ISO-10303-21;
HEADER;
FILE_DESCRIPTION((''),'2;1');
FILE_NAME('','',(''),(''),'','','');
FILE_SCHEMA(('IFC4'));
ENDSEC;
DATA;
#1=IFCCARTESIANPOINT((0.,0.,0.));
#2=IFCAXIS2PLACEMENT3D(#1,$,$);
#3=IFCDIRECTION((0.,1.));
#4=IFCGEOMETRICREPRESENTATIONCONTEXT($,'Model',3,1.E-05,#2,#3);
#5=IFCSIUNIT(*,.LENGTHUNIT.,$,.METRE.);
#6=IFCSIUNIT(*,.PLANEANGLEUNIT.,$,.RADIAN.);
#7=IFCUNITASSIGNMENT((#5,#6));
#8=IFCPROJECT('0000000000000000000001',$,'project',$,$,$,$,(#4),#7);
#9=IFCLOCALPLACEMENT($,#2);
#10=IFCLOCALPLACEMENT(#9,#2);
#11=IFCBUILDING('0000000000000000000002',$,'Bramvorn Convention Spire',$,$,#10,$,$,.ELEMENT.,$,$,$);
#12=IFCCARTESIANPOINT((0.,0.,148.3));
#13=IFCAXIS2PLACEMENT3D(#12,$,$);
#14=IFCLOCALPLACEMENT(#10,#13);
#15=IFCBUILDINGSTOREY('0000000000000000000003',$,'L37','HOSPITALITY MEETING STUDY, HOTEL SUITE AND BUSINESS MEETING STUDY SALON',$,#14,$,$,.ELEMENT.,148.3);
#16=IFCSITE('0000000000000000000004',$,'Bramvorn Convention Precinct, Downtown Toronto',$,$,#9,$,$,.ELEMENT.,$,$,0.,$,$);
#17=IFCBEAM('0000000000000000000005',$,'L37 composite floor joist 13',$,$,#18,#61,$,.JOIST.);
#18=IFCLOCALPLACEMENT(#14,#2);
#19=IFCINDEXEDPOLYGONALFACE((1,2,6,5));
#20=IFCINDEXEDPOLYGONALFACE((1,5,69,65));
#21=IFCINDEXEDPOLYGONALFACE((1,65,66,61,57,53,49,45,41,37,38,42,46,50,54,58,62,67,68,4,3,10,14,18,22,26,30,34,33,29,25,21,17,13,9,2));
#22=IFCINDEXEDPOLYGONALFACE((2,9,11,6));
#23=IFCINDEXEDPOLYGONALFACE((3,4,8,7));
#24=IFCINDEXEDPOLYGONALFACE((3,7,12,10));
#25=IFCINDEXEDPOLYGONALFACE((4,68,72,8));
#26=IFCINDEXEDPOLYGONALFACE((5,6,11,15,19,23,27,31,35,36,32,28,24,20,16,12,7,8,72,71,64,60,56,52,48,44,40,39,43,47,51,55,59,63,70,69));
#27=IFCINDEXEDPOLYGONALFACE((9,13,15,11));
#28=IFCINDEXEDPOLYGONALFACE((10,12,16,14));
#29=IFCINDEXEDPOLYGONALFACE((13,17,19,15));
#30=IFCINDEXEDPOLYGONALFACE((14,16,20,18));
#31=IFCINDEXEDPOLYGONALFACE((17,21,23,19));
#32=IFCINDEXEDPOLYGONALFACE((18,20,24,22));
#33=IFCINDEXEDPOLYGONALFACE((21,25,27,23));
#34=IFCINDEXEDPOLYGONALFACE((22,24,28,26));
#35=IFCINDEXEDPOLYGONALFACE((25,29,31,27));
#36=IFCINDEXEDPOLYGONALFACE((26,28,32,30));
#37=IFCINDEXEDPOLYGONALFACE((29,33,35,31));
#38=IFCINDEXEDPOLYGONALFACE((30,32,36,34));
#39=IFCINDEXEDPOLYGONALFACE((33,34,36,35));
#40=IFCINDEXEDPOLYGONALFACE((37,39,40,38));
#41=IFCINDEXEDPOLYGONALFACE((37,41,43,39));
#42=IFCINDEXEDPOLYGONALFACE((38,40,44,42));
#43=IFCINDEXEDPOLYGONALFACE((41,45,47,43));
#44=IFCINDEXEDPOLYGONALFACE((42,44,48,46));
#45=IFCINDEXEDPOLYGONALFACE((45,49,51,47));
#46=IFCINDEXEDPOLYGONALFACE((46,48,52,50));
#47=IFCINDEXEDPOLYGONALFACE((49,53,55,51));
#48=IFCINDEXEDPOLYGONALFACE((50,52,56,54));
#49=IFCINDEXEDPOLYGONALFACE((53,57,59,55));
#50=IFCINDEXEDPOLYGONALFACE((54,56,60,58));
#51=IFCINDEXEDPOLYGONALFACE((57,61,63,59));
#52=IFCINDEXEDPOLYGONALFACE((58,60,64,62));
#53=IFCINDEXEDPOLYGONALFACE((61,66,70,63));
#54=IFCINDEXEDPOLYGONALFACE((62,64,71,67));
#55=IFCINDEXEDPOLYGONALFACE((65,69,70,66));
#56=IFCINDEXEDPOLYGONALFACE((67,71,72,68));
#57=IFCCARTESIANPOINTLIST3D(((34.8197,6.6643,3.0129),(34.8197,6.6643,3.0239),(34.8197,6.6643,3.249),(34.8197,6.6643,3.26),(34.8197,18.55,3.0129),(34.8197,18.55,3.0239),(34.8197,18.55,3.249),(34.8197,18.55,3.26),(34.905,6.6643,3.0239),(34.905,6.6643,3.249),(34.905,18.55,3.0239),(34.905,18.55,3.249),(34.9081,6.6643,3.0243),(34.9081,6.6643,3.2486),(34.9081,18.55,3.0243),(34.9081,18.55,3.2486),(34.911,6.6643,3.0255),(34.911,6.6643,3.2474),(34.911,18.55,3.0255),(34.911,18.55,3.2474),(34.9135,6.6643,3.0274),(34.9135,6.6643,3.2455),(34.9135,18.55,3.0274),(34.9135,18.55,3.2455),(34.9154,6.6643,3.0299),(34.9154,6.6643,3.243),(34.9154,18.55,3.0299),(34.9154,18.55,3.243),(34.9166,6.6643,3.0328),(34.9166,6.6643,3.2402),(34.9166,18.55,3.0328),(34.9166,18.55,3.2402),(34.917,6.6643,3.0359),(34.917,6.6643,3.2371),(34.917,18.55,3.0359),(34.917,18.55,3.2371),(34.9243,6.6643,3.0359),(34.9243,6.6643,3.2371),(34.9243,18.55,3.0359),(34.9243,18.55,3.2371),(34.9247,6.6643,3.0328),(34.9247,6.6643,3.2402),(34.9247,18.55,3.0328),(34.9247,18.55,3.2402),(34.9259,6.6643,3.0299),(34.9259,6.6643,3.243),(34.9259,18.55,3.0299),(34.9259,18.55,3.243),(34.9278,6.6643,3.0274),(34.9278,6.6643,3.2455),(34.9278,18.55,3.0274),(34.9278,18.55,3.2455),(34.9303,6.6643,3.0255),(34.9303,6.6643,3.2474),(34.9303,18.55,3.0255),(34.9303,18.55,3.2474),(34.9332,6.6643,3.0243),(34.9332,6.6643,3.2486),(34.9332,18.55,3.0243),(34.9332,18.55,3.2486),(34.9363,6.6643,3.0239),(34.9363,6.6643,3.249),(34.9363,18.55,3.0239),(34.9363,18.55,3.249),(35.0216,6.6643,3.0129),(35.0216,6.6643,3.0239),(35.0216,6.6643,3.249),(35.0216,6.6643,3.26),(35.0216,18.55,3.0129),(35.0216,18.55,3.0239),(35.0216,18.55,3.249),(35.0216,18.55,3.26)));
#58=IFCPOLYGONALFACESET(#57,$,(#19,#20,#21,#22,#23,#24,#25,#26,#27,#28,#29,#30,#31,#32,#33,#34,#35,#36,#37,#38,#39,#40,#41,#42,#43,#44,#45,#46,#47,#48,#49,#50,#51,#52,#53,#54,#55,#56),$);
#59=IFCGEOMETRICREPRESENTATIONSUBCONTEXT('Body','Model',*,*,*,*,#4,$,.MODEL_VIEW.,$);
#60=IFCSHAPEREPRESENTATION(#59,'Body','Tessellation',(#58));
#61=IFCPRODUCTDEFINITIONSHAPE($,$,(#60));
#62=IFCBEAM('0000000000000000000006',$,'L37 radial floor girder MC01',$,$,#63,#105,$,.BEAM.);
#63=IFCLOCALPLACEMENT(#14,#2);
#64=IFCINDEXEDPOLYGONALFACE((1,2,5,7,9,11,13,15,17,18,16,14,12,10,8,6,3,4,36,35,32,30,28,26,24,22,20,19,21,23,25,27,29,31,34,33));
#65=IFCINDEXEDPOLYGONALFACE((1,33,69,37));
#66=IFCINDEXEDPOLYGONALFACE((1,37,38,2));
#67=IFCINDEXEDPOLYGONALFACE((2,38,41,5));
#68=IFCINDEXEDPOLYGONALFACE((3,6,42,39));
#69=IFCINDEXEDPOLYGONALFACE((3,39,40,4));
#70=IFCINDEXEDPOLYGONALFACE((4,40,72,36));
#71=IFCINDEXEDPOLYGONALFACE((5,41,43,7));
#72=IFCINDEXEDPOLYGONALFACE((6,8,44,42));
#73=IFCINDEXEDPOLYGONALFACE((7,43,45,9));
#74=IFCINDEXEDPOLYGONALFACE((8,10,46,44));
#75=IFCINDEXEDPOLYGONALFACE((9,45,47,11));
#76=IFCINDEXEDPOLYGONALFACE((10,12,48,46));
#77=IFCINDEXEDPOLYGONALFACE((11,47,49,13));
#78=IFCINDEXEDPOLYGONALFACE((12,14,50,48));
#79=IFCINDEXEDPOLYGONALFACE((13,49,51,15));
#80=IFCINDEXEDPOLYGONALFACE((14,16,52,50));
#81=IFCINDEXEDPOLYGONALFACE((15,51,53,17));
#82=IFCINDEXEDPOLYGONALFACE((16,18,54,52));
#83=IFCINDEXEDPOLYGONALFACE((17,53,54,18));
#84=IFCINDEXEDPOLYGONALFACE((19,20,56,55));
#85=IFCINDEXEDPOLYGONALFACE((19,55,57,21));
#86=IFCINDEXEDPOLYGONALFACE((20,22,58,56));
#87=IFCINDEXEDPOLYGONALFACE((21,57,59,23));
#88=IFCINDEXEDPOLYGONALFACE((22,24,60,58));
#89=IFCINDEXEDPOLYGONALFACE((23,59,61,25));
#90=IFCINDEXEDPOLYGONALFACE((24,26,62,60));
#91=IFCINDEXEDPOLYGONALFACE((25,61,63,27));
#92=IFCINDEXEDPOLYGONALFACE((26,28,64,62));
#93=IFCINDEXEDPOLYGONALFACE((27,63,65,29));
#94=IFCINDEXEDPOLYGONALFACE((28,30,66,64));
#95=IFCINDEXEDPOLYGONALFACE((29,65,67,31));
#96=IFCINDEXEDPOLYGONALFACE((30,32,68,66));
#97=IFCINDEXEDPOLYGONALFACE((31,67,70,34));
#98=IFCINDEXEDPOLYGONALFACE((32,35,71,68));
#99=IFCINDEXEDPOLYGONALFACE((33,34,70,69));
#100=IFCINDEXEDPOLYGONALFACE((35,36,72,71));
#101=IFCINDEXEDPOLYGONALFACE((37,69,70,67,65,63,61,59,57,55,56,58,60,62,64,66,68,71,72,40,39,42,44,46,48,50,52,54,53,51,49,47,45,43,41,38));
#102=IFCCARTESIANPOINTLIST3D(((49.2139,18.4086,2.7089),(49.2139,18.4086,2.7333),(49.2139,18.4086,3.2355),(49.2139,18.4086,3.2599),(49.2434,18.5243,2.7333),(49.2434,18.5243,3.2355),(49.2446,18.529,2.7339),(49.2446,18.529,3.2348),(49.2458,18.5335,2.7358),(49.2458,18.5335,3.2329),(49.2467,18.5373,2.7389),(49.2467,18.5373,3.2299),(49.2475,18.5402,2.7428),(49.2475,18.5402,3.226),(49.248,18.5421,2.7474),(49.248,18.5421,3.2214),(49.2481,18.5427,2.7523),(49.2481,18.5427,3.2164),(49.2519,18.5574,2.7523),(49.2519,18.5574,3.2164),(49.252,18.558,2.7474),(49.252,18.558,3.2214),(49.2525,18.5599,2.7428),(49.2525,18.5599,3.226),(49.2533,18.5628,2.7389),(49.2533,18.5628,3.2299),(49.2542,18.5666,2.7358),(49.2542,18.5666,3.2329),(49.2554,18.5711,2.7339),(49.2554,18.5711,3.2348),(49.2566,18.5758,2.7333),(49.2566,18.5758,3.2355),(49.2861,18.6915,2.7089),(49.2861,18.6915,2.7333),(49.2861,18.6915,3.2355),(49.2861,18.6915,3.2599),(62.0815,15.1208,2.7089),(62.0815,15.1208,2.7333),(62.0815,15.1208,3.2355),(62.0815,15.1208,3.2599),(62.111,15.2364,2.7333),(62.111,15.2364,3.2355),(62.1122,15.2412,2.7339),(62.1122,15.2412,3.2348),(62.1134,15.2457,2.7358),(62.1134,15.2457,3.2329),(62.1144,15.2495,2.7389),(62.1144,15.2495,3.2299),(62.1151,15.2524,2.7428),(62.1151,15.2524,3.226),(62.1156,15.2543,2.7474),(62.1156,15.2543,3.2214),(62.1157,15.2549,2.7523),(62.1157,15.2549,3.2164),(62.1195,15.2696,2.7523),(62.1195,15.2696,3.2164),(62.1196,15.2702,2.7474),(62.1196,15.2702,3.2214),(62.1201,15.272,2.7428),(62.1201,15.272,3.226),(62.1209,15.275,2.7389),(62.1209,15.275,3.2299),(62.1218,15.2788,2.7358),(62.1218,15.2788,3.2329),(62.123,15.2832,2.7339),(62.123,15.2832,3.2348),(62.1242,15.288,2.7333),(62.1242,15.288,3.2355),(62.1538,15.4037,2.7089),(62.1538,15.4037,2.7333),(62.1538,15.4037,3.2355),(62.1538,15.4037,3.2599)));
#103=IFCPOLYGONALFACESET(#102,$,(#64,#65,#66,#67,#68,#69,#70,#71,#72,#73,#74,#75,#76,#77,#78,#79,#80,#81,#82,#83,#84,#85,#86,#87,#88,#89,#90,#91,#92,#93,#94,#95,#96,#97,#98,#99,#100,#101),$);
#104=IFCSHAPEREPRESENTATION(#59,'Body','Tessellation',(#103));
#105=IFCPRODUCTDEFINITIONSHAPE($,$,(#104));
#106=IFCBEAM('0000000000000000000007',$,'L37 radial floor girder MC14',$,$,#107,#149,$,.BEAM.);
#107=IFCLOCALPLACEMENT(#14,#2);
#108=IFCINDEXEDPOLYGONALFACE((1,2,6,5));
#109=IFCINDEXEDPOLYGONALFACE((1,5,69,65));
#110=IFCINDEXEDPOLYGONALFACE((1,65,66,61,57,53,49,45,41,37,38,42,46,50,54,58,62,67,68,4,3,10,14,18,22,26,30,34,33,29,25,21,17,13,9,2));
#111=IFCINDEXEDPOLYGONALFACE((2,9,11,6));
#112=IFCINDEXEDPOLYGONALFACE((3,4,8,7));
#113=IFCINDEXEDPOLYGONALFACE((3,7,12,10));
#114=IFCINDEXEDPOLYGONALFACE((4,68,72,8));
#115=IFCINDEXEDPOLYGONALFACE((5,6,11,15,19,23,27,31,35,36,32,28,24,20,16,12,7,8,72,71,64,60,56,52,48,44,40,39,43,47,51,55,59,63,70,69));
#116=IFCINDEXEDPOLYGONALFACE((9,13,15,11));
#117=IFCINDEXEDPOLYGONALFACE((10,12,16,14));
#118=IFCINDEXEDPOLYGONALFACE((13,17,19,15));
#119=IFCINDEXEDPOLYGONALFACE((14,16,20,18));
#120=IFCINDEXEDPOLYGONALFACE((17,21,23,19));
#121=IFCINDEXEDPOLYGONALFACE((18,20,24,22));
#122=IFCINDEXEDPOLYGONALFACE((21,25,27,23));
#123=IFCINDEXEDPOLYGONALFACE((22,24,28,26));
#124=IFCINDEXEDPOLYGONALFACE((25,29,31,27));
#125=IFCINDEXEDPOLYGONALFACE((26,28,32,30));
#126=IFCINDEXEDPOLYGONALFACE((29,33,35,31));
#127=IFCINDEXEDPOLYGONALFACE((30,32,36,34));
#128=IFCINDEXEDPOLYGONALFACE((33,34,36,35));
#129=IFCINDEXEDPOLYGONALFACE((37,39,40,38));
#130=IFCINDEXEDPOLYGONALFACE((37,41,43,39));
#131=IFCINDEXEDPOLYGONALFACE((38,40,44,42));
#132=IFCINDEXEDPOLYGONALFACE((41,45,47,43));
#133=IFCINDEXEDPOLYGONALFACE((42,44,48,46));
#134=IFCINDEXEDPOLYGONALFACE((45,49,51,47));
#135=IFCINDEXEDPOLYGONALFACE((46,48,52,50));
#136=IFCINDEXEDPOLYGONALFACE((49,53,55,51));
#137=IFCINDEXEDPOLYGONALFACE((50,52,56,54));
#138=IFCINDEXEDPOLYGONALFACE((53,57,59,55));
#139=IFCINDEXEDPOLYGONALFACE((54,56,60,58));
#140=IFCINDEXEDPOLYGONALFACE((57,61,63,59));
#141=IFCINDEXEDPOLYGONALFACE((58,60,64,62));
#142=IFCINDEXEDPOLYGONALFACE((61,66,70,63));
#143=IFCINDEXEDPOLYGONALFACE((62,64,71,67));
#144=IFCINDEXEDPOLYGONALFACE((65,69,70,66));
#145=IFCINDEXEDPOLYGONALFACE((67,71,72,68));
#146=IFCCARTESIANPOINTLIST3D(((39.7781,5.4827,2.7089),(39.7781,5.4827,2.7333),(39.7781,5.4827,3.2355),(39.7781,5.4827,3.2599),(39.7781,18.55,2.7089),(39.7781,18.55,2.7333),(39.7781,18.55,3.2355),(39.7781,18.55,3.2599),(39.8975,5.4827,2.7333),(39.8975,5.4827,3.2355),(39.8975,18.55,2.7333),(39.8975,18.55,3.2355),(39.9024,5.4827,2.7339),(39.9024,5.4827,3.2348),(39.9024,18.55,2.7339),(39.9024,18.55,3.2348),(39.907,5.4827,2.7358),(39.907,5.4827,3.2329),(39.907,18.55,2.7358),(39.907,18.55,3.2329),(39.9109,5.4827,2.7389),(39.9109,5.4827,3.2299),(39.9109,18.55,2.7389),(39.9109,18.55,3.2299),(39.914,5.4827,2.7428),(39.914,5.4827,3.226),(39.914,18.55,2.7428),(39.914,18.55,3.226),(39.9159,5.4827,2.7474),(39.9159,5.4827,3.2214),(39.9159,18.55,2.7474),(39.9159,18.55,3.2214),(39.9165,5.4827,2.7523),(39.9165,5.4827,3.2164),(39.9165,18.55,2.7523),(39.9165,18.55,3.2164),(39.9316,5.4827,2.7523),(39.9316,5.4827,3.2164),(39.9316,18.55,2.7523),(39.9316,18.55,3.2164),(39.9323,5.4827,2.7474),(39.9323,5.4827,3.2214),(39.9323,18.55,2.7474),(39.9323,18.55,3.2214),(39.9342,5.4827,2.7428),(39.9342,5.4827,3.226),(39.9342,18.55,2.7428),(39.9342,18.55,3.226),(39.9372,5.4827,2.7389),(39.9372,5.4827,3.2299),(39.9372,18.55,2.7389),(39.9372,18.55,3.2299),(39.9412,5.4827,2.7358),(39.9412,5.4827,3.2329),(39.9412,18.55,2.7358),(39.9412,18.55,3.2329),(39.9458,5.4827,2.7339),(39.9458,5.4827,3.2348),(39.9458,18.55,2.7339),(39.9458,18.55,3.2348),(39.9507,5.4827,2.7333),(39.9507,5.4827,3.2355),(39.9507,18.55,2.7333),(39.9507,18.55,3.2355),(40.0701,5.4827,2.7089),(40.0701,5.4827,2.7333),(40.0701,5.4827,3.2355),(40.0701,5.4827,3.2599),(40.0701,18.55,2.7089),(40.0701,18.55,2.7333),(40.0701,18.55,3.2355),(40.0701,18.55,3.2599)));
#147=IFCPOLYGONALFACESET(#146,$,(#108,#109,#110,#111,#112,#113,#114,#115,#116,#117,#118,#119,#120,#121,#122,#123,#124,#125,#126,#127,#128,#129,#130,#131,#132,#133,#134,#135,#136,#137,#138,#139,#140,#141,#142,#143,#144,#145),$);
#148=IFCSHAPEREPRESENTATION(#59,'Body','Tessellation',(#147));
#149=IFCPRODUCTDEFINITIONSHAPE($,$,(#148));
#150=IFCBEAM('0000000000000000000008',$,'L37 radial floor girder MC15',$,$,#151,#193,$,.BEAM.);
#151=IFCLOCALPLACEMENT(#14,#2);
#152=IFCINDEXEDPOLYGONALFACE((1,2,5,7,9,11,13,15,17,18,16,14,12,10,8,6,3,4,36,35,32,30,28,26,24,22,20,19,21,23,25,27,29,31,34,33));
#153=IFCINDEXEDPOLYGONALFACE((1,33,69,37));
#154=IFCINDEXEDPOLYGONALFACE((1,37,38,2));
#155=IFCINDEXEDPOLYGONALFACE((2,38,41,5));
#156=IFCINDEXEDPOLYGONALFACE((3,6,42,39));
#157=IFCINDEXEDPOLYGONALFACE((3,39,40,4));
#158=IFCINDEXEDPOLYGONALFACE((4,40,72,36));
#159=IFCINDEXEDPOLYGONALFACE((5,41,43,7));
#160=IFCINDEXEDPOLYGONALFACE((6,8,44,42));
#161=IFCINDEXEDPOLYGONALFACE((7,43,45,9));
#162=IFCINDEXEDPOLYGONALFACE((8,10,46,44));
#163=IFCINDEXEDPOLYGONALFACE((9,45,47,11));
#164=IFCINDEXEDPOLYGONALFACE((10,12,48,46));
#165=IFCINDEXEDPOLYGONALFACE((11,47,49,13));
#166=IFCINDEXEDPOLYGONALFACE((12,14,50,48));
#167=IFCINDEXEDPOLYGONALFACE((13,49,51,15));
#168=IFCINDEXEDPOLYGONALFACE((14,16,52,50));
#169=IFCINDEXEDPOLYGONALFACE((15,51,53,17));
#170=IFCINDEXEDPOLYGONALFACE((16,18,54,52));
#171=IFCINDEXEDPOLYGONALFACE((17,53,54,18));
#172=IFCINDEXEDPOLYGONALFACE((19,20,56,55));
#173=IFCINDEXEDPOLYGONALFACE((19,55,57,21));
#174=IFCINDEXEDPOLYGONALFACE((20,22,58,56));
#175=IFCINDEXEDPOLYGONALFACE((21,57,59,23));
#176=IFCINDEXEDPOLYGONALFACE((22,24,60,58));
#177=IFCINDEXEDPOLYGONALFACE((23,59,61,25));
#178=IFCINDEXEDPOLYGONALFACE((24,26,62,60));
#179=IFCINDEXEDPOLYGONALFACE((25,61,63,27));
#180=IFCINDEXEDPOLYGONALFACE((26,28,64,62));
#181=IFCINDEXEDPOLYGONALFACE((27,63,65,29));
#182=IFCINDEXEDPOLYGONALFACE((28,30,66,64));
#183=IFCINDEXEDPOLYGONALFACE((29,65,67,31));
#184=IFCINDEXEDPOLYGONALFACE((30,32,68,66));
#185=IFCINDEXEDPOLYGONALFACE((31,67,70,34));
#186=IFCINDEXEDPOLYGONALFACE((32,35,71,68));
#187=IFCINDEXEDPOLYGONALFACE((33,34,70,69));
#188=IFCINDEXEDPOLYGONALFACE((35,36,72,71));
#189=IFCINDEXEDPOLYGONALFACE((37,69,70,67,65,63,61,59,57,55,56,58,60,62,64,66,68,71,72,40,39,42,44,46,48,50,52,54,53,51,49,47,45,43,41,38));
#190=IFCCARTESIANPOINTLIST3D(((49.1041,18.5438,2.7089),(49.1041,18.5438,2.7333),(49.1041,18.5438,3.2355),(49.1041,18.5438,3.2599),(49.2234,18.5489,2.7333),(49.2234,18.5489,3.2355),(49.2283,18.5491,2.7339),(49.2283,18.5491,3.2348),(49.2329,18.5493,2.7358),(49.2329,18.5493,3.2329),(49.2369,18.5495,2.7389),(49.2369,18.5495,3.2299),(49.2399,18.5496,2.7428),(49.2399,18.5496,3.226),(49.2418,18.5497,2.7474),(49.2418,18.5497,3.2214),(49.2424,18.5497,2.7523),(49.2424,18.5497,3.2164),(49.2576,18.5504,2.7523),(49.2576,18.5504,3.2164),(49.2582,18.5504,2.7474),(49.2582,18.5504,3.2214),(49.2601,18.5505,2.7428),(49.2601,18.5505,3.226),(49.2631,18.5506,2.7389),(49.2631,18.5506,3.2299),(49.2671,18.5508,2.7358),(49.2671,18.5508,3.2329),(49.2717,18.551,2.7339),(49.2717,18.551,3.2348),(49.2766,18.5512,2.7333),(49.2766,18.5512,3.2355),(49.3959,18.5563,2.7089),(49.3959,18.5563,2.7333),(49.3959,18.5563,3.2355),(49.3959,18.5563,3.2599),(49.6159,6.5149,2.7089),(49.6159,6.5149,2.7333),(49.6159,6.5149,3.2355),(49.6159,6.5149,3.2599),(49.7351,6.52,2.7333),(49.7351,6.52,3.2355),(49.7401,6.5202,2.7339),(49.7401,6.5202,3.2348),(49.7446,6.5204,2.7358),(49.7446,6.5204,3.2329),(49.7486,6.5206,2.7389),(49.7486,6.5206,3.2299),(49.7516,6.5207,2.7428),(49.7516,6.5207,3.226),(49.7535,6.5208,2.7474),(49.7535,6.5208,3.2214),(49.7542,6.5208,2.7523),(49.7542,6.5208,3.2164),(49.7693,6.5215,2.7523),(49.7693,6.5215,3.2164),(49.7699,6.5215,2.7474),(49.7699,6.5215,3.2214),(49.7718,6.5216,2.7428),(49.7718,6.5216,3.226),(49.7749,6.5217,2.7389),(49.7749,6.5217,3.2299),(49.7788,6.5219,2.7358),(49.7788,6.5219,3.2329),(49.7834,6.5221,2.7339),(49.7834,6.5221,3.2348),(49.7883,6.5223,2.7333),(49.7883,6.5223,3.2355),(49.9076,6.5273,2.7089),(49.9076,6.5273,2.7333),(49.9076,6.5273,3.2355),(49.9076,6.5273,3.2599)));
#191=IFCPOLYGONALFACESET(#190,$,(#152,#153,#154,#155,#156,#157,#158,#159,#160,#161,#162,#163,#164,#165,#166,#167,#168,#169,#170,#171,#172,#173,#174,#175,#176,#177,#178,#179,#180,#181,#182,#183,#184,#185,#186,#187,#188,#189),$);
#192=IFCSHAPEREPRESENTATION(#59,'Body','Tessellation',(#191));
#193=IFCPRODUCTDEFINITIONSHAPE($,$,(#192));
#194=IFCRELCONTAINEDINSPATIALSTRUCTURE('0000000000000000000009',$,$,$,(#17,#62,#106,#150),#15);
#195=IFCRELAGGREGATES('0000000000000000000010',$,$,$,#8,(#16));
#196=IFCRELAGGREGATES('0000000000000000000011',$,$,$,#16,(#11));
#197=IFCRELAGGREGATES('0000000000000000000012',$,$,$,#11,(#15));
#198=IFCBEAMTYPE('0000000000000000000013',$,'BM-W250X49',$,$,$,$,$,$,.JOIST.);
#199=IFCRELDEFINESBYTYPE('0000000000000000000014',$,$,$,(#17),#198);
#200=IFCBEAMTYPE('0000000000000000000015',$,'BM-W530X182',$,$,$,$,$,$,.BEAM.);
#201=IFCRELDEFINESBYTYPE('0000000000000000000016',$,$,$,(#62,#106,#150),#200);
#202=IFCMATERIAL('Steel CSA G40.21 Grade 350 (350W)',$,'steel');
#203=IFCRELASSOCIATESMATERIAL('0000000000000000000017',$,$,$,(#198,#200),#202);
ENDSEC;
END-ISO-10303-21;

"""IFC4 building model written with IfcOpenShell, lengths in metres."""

from ifc_helpers import new_model, si_unit, direction, frame, origin, origin_2d, place, context, subcontext, project, spatial, i_section, extrude, material, material_profile, profile_set, type_object, element, save


model = new_model("IFC4")

# Units and contexts
model_context = context("Model", 3, precision=1e-05, world=origin(), true_north=direction((0.0, 1.0)))
body_context = subcontext(model_context, "Body", "Model", "MODEL_VIEW")
ifc_project = project(units=[si_unit("LENGTHUNIT", "METRE"), si_unit("PLANEANGLEUNIT", "RADIAN")], contexts=[model_context])

# Site, building, storey
site_placement = place(None, origin())
site = spatial("IfcSite", under=ifc_project, at=site_placement, Name="Bramvorn Convention Precinct, Downtown Toronto", CompositionType="ELEMENT", RefElevation=0.0)
building_placement = place(site_placement, origin())
building = spatial("IfcBuilding", under=site, at=building_placement, Name="Bramvorn Convention Spire", CompositionType="ELEMENT")
storey_placement = place(building_placement, frame((0.0, 0.0, 148.3)))
storey = spatial("IfcBuildingStorey", under=building, at=storey_placement, Name="L37", Description="HOSPITALITY MEETING STUDY, HOTEL SUITE AND BUSINESS MEETING STUDY SALON", CompositionType="ELEMENT", Elevation=148.3)

# Beams
ifc_material_1 = material(Name="Steel CSA G40.21 Grade 350 (350W)", Category="steel")
ifc_material_profile_1 = material_profile(ifc_material_1, i_section(OverallWidth=0.2019, OverallDepth=0.2471, WebThickness=0.0073, FlangeThickness=0.011, FilletRadius=0.012, at=origin_2d()))
ifc_profile_set_1 = profile_set([ifc_material_profile_1], Name="Steel CSA G40.21 Grade 350 (350W) - W250X49")
beam_type_1 = type_object("IfcBeamType", Name="BM-W250X49", PredefinedType="JOIST", material=ifc_profile_set_1)
beam_1_placement = place(storey_placement, frame((34.9207, 18.55, 3.1365), z_axis=(0.0, -1.0, 0.0), x_axis=(1.0, 0.0, 0.0)))
element("IfcBeam", 1, at=beam_1_placement, inside=storey, type_object=beam_type_1, Name="L37 composite floor joist 13", PredefinedType="JOIST", context=body_context, shape_type="SweptSolid", body=[
    extrude(i_section(OverallWidth=0.2019, OverallDepth=0.2471, WebThickness=0.0073, FlangeThickness=0.011, FilletRadius=0.012, at=origin_2d()), origin(), (0.0, 0.0, 1.0), 11.8857),
])
ifc_material_profile_2 = material_profile(ifc_material_1, i_section(OverallWidth=0.292, OverallDepth=0.551, WebThickness=0.0151, FlangeThickness=0.0244, FilletRadius=0.019, at=origin_2d()))
ifc_profile_set_2 = profile_set([ifc_material_profile_2], Name="Steel CSA G40.21 Grade 350 (350W) - W530X182")
beam_type_2 = type_object("IfcBeamType", Name="BM-W530X182", PredefinedType="BEAM", material=ifc_profile_set_2)
beam_2_placement = place(storey_placement, frame((49.25, 18.55, 2.9844), z_axis=(0.968873, -0.247558, 0.0), x_axis=(0.247558, 0.968873, 0.0)))
element("IfcBeam", 2, at=beam_2_placement, inside=storey, type_object=beam_type_2, Name="L37 radial floor girder MC01", PredefinedType="BEAM", context=body_context, shape_type="SweptSolid", body=[
    extrude(i_section(OverallWidth=0.292, OverallDepth=0.551, WebThickness=0.0151, FlangeThickness=0.0244, FilletRadius=0.019, at=origin_2d()), origin(), (0.0, 0.0, 1.0), 13.281),
])
beam_3_placement = place(storey_placement, frame((39.9241, 18.55, 2.9844), z_axis=(0.0, -1.0, 0.0), x_axis=(1.0, 0.0, 0.0)))
element("IfcBeam", 3, at=beam_3_placement, inside=storey, type_object=beam_type_2, Name="L37 radial floor girder MC14", PredefinedType="BEAM", context=body_context, shape_type="SweptSolid", body=[
    extrude(i_section(OverallWidth=0.292, OverallDepth=0.551, WebThickness=0.0151, FlangeThickness=0.0244, FilletRadius=0.019, at=origin_2d()), origin(), (0.0, 0.0, 1.0), 13.0674),
])
beam_4_placement = place(storey_placement, frame((49.25, 18.55, 2.9844), z_axis=(0.042503, -0.999096, 0.0), x_axis=(0.999096, 0.042503, 0.0)))
element("IfcBeam", 4, at=beam_4_placement, inside=storey, type_object=beam_type_2, Name="L37 radial floor girder MC15", PredefinedType="BEAM", context=body_context, shape_type="SweptSolid", body=[
    extrude(i_section(OverallWidth=0.292, OverallDepth=0.551, WebThickness=0.0151, FlangeThickness=0.0244, FilletRadius=0.019, at=origin_2d()), origin(), (0.0, 0.0, 1.0), 12.0398),
])

save(model, "model.ifc")
